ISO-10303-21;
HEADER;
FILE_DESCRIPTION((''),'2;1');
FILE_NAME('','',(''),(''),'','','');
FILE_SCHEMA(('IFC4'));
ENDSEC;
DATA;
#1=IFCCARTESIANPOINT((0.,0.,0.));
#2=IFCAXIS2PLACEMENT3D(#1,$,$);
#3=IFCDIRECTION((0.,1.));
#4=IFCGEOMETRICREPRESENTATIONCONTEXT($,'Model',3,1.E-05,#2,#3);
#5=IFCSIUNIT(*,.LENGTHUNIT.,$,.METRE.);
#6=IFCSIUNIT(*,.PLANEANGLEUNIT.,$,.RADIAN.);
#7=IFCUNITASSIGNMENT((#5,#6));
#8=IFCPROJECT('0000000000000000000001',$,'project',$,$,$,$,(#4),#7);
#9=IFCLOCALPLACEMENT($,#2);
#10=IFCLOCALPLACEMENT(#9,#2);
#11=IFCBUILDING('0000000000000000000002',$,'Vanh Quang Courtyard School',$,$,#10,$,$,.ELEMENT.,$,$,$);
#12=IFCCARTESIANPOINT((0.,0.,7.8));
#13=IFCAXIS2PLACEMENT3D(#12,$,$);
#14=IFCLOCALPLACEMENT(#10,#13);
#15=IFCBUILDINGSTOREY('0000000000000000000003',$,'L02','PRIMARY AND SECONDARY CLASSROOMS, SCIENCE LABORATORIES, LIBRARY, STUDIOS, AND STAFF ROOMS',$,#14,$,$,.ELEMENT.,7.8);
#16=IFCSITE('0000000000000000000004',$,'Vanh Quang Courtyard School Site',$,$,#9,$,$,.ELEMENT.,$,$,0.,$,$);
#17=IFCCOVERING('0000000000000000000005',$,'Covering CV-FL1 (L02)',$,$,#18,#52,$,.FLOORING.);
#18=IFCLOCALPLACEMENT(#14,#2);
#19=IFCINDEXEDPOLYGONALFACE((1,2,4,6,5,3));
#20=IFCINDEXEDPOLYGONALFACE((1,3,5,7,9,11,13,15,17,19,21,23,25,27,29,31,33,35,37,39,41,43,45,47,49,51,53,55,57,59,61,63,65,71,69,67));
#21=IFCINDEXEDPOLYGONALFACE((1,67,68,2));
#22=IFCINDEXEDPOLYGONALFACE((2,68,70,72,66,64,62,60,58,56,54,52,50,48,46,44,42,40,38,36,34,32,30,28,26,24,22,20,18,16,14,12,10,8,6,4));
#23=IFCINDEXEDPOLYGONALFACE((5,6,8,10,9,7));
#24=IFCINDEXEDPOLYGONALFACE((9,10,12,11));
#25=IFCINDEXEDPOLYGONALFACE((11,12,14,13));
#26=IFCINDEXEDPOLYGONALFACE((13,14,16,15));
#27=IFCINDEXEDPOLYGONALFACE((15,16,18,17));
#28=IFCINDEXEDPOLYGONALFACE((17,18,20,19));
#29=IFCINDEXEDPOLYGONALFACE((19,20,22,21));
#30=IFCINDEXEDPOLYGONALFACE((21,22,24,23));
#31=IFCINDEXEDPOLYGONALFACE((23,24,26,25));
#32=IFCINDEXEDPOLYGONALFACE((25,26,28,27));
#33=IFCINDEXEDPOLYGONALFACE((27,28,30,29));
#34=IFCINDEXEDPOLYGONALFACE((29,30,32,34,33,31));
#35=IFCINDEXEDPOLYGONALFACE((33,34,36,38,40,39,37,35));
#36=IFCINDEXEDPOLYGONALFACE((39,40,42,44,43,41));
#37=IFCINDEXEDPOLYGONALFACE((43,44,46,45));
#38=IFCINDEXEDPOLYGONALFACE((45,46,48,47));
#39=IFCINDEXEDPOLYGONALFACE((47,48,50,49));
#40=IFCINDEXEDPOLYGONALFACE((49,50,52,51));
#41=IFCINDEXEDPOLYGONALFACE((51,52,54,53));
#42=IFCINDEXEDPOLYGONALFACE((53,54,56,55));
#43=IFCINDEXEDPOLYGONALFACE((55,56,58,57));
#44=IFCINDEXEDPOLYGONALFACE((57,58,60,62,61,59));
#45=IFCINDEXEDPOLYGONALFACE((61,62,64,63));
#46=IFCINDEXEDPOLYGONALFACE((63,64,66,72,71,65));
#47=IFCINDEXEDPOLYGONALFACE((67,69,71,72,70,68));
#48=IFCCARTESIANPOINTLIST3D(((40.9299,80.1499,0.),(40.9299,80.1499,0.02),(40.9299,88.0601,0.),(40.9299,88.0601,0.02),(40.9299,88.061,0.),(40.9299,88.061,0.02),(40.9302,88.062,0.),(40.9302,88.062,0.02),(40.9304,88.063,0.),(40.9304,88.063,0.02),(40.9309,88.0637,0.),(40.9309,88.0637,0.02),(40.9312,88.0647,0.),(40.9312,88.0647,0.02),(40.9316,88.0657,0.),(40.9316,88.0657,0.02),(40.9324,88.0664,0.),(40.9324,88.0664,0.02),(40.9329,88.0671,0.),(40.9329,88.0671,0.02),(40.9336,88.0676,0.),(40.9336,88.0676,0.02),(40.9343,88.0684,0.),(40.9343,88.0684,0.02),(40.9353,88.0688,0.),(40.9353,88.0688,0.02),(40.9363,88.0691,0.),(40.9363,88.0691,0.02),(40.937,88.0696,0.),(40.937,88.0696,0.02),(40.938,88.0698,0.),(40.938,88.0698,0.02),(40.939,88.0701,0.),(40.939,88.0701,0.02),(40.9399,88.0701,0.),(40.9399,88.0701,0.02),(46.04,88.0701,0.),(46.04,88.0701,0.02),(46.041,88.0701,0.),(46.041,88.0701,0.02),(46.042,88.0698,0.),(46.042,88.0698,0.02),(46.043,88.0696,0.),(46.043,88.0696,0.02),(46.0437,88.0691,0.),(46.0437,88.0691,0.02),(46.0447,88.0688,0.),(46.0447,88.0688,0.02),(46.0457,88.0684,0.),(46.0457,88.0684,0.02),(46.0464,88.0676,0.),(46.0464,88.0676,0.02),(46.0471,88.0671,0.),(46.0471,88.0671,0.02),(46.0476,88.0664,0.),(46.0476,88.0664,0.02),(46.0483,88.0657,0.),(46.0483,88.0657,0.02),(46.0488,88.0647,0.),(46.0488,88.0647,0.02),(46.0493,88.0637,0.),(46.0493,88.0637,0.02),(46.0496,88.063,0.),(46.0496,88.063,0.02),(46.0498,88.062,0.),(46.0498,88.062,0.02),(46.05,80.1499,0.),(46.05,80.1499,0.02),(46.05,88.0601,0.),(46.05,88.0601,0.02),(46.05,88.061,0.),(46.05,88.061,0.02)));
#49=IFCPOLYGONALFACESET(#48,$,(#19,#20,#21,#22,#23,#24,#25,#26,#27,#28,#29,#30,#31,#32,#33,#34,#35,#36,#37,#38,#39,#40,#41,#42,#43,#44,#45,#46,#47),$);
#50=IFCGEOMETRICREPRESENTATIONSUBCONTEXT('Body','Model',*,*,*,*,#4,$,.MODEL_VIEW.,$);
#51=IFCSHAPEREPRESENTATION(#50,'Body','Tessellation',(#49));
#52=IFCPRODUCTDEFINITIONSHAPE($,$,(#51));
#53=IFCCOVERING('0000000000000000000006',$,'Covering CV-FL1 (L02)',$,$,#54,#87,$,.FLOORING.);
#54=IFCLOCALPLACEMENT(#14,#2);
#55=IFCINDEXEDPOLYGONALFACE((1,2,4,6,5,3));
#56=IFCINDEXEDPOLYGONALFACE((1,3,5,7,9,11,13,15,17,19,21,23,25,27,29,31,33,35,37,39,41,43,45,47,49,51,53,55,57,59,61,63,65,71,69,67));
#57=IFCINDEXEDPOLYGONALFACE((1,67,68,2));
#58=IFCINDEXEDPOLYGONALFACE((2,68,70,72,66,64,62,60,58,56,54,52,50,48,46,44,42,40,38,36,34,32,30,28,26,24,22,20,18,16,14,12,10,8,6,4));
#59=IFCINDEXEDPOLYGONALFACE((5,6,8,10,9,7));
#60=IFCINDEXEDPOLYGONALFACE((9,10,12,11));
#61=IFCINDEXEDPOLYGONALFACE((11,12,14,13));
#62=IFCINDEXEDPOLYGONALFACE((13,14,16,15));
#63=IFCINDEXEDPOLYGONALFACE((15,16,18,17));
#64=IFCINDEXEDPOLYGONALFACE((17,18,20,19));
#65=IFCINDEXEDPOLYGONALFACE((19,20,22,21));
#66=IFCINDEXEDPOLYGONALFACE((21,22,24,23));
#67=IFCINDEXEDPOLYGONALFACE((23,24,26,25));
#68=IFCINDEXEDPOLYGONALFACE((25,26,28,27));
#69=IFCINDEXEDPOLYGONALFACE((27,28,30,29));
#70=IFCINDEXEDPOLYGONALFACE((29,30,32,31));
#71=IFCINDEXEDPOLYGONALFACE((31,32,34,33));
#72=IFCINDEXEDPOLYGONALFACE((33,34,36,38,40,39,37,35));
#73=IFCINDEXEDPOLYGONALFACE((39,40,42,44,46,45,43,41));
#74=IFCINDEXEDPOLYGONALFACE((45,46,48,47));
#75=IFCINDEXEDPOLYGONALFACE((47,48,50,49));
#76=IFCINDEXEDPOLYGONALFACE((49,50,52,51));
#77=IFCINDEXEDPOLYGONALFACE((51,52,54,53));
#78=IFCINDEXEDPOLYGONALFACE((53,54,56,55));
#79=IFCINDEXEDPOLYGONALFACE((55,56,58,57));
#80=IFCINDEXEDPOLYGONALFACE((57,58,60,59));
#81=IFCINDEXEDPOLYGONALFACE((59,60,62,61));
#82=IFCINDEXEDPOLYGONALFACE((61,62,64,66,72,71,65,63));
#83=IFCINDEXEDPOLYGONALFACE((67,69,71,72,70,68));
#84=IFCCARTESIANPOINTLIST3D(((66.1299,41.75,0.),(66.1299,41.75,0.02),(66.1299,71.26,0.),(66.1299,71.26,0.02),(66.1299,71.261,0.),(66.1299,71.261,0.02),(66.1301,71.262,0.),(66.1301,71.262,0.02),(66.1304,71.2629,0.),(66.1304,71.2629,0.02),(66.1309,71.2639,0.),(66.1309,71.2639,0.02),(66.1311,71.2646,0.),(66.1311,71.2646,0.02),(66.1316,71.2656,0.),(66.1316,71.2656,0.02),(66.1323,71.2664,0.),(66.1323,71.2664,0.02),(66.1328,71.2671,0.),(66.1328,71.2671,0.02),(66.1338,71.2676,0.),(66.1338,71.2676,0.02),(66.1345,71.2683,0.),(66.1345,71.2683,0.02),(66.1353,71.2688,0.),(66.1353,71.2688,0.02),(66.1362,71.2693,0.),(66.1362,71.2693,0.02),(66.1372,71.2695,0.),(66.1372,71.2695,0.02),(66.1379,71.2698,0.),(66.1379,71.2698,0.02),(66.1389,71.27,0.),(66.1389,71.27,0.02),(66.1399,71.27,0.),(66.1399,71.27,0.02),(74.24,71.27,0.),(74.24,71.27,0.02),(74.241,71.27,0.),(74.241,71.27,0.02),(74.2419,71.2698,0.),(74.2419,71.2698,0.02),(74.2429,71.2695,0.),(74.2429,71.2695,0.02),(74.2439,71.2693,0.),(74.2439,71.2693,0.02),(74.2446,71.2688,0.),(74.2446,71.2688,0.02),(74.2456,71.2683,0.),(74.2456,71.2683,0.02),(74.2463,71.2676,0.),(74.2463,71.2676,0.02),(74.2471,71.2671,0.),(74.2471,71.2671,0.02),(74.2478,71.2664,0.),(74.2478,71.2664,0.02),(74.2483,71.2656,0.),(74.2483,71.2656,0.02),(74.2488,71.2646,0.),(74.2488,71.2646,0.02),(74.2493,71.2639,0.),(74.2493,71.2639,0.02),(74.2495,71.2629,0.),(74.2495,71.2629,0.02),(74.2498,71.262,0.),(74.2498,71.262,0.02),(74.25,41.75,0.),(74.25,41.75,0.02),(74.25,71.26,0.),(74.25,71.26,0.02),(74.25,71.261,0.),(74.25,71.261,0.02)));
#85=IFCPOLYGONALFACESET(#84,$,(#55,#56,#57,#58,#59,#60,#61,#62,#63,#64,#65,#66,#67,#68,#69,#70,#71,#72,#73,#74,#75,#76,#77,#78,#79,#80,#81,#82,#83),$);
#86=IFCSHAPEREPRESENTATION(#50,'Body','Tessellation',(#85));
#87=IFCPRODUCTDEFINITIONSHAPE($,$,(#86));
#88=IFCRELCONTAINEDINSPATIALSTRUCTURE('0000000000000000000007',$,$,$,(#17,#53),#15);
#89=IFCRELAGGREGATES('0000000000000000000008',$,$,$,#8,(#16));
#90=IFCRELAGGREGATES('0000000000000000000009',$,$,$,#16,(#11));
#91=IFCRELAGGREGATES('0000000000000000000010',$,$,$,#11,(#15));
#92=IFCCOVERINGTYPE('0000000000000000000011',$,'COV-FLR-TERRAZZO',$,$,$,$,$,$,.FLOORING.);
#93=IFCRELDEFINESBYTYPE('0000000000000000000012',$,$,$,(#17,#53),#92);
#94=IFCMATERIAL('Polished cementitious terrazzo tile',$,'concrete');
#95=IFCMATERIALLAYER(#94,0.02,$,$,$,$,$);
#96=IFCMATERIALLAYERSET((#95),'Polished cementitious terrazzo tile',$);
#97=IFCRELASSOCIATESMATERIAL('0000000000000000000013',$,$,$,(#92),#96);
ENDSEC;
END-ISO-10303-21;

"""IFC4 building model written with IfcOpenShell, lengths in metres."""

from ifc_helpers import new_model, si_unit, direction, frame, origin, place, context, subcontext, project, spatial, polyline, outline, extrude, material, layer, layer_set, type_object, element, save


model = new_model("IFC4")

# Units and contexts
model_context = context("Model", 3, precision=1e-05, world=origin(), true_north=direction((0.0, 1.0)))
body_context = subcontext(model_context, "Body", "Model", "MODEL_VIEW")
ifc_project = project(units=[si_unit("LENGTHUNIT", "METRE"), si_unit("PLANEANGLEUNIT", "RADIAN")], contexts=[model_context])

# Site, building, storey
site_placement = place(None, origin())
site = spatial("IfcSite", under=ifc_project, at=site_placement, Name="Vanh Quang Courtyard School Site", CompositionType="ELEMENT", RefElevation=0.0)
building_placement = place(site_placement, origin())
building = spatial("IfcBuilding", under=site, at=building_placement, Name="Vanh Quang Courtyard School", CompositionType="ELEMENT")
storey_placement = place(building_placement, frame((0.0, 0.0, 7.8)))
storey = spatial("IfcBuildingStorey", under=building, at=storey_placement, Name="L02", Description="PRIMARY AND SECONDARY CLASSROOMS, SCIENCE LABORATORIES, LIBRARY, STUDIOS, AND STAFF ROOMS", CompositionType="ELEMENT", Elevation=7.8)

# Coverings
ifc_material_1 = material(Name="Polished cementitious terrazzo tile", Category="concrete")
ifc_layer_1 = layer(ifc_material_1, 0.02)
ifc_layer_set_1 = layer_set([ifc_layer_1], Name="Polished cementitious terrazzo tile")
covering_type_1 = type_object("IfcCoveringType", Name="COV-FLR-TERRAZZO", PredefinedType="FLOORING", material=ifc_layer_set_1)
covering_1_placement = place(storey_placement, origin())
element("IfcCovering", 1, at=covering_1_placement, inside=storey, type_object=covering_type_1, Name="Covering CV-FL1 (L02)", PredefinedType="FLOORING", context=body_context, shape_type="SweptSolid", body=[
    extrude(outline(polyline([(40.9299, 88.0601), (40.9299, 88.061), (40.9302, 88.062), (40.9304, 88.063), (40.9309, 88.0637), (40.9312, 88.0647), (40.9316, 88.0657), (40.9324, 88.0664), (40.9329, 88.0671), (40.9336, 88.0676), (40.9343, 88.0684), (40.9353, 88.0688), (40.9363, 88.0691), (40.937, 88.0696), (40.938, 88.0698), (40.939, 88.0701), (40.9399, 88.0701), (46.04, 88.0701), (46.041, 88.0701), (46.042, 88.0698), (46.043, 88.0696), (46.0437, 88.0691), (46.0447, 88.0688), (46.0457, 88.0684), (46.0464, 88.0676), (46.0471, 88.0671), (46.0476, 88.0664), (46.0483, 88.0657), (46.0488, 88.0647), (46.0493, 88.0637), (46.0496, 88.063), (46.0498, 88.062), (46.05, 88.061), (46.05, 88.0601), (46.05, 80.1499), (40.9299, 80.1499), (40.9299, 88.0601)])), origin(), (0.0, 0.0, 1.0), 0.02),
])
covering_2_placement = place(storey_placement, origin())
element("IfcCovering", 2, at=covering_2_placement, inside=storey, type_object=covering_type_1, Name="Covering CV-FL1 (L02)", PredefinedType="FLOORING", context=body_context, shape_type="SweptSolid", body=[
    extrude(outline(polyline([(66.1299, 71.26), (66.1299, 71.261), (66.1301, 71.262), (66.1304, 71.2629), (66.1309, 71.2639), (66.1311, 71.2646), (66.1316, 71.2656), (66.1323, 71.2664), (66.1328, 71.2671), (66.1338, 71.2676), (66.1345, 71.2683), (66.1353, 71.2688), (66.1362, 71.2693), (66.1372, 71.2695), (66.1379, 71.2698), (66.1389, 71.27), (66.1399, 71.27), (74.24, 71.27), (74.241, 71.27), (74.2419, 71.2698), (74.2429, 71.2695), (74.2439, 71.2693), (74.2446, 71.2688), (74.2456, 71.2683), (74.2463, 71.2676), (74.2471, 71.2671), (74.2478, 71.2664), (74.2483, 71.2656), (74.2488, 71.2646), (74.2493, 71.2639), (74.2495, 71.2629), (74.2498, 71.262), (74.25, 71.261), (74.25, 71.26), (74.25, 41.75), (66.1299, 41.75), (66.1299, 71.26)])), origin(), (0.0, 0.0, 1.0), 0.02),
])

save(model, "model.ifc")
